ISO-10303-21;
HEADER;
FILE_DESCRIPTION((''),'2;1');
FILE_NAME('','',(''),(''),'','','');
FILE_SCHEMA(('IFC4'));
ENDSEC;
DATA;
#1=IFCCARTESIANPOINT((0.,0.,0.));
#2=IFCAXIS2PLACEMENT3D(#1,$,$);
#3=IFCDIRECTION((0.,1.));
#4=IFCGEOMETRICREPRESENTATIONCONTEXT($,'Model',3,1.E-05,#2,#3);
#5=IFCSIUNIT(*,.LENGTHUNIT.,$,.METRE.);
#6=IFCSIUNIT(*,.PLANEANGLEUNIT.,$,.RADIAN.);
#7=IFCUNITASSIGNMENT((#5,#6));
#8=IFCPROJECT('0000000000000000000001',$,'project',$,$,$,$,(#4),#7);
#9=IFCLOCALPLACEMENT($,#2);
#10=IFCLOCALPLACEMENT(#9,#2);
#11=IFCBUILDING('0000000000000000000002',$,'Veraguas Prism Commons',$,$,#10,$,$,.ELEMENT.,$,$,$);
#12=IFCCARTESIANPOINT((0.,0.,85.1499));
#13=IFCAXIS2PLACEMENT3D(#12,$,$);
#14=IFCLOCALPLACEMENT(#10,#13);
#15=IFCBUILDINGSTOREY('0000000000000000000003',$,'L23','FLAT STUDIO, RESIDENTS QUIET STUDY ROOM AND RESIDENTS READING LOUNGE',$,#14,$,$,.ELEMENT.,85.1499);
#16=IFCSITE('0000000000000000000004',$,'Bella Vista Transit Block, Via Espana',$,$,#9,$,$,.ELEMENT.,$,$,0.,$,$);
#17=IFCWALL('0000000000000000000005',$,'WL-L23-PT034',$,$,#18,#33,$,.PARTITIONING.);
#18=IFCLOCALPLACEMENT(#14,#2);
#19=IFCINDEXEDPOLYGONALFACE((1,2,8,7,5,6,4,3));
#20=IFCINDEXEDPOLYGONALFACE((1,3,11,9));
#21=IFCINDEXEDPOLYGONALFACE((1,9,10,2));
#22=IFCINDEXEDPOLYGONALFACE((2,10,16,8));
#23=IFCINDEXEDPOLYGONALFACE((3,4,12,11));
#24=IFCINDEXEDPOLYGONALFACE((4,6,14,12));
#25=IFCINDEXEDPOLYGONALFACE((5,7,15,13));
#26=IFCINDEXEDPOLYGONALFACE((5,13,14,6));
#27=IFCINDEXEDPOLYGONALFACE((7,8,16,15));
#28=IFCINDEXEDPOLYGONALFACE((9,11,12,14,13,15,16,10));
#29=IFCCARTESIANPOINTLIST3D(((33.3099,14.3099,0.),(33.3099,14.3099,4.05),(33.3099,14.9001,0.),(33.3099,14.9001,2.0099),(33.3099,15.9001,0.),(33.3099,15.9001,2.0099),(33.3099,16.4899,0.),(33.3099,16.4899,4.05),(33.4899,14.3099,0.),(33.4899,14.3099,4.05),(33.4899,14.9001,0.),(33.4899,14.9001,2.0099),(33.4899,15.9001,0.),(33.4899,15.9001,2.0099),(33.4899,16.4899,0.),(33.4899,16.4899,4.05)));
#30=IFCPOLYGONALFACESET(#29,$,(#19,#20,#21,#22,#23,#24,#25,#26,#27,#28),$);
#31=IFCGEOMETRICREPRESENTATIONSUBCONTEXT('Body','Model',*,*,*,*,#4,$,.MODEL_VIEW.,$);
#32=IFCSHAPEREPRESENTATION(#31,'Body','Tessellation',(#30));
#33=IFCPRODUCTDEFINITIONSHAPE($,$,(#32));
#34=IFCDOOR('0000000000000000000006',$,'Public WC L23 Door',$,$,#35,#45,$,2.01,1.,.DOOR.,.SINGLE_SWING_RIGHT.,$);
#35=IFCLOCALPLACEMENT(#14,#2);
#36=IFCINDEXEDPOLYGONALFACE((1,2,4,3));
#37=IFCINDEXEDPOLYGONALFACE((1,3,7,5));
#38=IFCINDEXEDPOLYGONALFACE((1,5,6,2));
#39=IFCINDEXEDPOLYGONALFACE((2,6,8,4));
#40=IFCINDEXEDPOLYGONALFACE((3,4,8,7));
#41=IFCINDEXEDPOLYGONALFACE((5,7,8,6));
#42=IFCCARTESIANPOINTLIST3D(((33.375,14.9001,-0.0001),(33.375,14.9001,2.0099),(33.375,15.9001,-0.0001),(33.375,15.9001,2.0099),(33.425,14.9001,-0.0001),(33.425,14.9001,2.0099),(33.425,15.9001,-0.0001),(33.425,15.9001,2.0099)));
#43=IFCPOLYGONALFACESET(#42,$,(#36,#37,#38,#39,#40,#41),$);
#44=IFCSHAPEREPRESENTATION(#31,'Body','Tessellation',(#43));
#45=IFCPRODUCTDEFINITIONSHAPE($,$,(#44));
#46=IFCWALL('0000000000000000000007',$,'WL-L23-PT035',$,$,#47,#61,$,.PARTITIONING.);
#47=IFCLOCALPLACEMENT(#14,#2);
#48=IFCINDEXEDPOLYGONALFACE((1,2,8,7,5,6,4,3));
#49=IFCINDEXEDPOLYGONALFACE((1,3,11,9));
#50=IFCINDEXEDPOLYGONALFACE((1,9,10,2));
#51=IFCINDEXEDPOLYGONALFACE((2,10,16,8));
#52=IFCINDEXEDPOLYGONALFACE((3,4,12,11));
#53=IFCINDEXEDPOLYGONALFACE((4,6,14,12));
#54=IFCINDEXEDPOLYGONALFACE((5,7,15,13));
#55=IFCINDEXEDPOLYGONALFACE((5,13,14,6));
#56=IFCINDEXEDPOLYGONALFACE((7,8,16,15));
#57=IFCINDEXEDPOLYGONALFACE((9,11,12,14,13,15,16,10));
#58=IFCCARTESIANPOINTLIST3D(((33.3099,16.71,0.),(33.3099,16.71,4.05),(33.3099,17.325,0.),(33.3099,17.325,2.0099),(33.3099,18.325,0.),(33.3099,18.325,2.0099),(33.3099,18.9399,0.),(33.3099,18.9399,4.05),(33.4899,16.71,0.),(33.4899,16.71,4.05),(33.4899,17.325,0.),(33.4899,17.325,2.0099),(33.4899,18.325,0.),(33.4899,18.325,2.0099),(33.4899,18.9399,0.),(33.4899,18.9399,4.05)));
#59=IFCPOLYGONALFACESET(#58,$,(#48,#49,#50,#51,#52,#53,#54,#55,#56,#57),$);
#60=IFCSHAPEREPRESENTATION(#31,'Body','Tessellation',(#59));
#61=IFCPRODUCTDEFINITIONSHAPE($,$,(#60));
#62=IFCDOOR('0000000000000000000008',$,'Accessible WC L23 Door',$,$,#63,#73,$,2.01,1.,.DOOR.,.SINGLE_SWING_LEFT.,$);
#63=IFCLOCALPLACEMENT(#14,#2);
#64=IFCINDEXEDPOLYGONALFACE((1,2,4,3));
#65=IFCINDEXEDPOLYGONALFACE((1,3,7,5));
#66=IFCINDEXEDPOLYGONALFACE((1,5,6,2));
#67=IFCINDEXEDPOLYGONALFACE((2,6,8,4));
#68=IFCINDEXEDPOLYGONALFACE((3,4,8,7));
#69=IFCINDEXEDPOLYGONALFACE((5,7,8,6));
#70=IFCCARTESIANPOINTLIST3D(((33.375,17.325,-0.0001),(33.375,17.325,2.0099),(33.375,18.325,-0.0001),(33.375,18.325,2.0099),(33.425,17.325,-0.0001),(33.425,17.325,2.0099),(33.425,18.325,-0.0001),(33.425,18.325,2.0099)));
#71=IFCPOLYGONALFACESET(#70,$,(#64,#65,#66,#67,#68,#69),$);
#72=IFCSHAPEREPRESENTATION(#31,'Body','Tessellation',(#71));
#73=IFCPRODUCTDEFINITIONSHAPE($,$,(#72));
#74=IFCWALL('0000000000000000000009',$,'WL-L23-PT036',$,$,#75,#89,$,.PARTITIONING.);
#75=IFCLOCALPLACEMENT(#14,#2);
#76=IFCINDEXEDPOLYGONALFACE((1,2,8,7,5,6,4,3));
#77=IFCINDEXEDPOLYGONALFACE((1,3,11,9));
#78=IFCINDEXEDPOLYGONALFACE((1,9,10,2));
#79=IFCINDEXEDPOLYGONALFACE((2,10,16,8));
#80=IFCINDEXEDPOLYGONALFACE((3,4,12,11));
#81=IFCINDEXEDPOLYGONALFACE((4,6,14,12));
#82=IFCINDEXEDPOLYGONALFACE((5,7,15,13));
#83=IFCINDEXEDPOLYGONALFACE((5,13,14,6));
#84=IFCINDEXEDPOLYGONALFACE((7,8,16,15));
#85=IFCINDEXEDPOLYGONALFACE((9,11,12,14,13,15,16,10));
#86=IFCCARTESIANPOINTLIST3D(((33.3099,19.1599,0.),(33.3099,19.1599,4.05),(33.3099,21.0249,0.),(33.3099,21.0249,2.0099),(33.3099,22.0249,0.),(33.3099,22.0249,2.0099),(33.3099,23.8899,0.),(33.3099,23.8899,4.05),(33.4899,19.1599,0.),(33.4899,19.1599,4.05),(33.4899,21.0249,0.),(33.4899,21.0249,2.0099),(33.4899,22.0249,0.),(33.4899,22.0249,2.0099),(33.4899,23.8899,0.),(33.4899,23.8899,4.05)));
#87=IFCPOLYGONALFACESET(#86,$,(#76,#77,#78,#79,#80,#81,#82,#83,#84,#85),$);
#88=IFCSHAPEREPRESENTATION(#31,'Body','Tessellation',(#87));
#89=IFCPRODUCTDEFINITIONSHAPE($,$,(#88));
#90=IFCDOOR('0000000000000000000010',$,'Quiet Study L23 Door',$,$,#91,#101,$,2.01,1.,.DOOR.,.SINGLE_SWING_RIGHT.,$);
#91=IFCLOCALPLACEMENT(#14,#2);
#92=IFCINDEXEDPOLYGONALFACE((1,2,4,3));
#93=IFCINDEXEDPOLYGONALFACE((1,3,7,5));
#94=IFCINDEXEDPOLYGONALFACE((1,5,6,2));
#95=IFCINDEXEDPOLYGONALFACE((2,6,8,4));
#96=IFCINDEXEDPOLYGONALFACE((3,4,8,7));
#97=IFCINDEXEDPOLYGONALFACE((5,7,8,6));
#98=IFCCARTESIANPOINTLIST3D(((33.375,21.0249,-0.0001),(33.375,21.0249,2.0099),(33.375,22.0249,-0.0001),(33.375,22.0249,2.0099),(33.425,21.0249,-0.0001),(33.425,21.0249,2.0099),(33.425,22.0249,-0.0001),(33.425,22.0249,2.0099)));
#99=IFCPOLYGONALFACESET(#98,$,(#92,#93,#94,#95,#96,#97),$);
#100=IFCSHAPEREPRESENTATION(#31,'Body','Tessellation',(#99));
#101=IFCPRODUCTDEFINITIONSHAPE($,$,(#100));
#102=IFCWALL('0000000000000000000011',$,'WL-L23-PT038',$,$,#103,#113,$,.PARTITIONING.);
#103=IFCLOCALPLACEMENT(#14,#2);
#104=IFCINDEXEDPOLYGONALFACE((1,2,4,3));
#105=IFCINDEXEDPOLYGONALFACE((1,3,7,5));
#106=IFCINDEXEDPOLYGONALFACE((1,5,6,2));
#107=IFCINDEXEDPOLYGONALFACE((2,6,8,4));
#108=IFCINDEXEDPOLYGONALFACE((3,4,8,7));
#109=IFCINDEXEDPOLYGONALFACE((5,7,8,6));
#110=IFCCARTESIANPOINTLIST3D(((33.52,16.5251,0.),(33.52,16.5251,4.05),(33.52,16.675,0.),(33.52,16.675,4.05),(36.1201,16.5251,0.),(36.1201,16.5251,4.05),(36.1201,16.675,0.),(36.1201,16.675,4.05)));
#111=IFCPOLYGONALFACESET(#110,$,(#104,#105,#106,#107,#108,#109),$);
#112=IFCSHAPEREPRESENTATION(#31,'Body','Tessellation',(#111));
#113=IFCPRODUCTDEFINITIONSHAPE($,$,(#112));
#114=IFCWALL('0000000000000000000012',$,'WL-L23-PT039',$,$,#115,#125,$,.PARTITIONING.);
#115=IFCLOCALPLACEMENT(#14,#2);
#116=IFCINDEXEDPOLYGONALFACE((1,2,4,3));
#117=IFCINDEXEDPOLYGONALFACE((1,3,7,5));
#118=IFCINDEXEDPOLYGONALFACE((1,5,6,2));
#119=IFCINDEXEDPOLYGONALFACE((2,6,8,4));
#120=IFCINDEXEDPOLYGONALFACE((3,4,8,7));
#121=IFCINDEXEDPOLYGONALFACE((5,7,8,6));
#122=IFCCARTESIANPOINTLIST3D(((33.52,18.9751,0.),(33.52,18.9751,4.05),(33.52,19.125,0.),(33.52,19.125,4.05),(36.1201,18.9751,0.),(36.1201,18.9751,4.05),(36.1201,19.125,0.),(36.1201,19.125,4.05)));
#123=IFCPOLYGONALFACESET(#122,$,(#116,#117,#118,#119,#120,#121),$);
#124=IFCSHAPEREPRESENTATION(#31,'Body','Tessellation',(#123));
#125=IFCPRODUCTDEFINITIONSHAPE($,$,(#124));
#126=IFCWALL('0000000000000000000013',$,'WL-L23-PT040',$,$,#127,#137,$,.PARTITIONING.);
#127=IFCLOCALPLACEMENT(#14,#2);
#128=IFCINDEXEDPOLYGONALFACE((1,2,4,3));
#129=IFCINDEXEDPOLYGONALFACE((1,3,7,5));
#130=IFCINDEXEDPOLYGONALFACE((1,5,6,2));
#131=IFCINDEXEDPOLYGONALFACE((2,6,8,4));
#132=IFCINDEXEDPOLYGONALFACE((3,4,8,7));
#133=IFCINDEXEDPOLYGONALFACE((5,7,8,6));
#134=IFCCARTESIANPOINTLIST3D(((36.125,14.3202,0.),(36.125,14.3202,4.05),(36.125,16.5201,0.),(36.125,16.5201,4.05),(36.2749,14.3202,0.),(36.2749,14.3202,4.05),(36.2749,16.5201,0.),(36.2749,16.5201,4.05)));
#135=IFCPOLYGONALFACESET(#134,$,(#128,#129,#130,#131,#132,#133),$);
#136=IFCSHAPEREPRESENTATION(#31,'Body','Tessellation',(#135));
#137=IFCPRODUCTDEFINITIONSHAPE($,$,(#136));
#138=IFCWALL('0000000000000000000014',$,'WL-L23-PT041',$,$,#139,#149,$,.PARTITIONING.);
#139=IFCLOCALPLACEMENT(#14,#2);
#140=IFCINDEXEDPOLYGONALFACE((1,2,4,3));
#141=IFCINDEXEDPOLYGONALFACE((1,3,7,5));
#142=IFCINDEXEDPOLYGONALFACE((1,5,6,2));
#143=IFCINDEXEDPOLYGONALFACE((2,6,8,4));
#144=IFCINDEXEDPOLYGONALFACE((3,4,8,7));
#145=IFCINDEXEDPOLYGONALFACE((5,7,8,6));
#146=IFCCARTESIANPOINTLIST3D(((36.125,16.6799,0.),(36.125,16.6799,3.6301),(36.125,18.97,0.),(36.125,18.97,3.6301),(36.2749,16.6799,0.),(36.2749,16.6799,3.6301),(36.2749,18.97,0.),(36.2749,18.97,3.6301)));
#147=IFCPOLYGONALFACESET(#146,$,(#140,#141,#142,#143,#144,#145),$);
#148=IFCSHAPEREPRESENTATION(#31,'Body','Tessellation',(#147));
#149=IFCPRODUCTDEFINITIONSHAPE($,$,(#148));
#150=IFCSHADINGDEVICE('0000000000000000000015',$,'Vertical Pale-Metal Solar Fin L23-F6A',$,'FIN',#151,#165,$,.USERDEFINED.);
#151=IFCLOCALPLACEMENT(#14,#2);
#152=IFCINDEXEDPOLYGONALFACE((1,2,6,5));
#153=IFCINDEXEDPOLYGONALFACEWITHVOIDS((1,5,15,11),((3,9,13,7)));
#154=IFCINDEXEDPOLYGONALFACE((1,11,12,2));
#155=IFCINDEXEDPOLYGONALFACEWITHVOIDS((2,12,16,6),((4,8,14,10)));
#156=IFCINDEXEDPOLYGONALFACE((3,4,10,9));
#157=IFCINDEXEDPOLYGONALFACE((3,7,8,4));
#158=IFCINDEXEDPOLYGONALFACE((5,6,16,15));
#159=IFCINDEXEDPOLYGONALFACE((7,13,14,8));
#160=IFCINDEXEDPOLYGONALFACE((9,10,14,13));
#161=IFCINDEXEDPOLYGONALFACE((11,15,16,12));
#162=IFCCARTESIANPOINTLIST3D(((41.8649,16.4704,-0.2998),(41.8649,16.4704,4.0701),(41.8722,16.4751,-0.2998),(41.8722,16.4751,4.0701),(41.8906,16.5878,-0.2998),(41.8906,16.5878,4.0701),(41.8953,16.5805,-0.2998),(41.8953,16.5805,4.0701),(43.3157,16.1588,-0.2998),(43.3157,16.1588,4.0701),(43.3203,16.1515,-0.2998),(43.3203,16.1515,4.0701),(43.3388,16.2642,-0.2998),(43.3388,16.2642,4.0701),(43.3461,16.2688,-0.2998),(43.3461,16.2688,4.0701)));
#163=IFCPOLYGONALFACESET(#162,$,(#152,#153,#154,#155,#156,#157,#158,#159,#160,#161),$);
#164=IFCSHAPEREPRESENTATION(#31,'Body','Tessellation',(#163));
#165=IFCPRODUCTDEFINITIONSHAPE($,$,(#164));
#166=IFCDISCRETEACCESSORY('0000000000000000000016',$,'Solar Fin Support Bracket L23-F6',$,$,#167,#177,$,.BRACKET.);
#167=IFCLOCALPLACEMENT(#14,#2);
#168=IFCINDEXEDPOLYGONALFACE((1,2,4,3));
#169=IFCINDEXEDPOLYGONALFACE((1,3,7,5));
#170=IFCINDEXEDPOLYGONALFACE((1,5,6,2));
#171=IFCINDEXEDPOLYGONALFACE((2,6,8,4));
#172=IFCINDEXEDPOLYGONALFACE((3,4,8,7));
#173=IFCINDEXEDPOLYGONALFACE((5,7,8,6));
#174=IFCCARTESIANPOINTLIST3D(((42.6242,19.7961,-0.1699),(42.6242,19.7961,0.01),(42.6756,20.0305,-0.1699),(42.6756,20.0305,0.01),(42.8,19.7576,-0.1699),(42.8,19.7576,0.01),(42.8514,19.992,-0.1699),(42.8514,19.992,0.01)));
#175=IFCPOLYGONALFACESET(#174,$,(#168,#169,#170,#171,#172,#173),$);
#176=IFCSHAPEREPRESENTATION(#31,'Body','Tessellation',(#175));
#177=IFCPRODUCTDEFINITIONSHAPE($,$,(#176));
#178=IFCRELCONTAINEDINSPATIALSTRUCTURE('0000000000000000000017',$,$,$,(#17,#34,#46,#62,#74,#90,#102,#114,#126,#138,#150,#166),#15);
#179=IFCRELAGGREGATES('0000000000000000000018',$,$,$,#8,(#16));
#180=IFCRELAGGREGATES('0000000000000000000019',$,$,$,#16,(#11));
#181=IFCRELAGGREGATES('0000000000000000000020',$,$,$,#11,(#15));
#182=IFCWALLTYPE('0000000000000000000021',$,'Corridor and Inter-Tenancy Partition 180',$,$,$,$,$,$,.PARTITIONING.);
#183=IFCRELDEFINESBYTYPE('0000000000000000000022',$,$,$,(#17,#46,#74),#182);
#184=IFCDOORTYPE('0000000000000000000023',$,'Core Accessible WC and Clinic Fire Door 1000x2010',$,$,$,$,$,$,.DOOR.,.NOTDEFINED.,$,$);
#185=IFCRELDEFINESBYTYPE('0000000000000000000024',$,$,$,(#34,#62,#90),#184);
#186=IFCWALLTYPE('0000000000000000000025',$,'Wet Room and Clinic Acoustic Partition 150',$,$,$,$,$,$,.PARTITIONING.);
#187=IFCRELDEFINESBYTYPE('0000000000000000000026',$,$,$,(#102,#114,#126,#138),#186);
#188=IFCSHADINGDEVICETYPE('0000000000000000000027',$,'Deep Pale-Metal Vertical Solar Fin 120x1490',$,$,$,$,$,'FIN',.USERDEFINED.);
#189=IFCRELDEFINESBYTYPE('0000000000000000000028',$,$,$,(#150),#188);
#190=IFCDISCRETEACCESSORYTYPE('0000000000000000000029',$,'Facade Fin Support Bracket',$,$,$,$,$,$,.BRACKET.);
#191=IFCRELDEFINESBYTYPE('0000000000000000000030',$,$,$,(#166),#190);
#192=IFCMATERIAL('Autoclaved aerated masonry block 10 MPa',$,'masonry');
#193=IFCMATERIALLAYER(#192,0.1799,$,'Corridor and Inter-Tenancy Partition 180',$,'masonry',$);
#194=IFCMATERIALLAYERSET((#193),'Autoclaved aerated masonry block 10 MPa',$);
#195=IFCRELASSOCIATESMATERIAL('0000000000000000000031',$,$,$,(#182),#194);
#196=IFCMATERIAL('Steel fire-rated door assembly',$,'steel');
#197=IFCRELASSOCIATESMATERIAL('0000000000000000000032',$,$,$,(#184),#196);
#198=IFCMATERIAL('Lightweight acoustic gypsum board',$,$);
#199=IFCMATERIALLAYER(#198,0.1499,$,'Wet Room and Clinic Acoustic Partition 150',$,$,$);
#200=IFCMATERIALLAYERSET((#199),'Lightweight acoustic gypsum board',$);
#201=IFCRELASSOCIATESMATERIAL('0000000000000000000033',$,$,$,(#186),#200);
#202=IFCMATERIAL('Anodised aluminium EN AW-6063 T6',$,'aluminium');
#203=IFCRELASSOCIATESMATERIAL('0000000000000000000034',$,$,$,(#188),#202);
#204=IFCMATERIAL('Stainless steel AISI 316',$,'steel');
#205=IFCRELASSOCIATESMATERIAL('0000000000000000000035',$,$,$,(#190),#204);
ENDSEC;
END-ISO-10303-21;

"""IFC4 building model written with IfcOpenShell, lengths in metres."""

from ifc_helpers import new_model, si_unit, direction, frame, frame_2d, origin, origin_2d, place, context, subcontext, project, spatial, rectangle, hollow_rectangle, extrude, source, transform, mapped, material, layer, layer_set, material_profile, profile_set, type_object, element, fill, save


model = new_model("IFC4")

# Units and contexts
model_context = context("Model", 3, precision=1e-05, world=origin(), true_north=direction((0.0, 1.0)))
body_context = subcontext(model_context, "Body", "Model", "MODEL_VIEW")
ifc_project = project(units=[si_unit("LENGTHUNIT", "METRE"), si_unit("PLANEANGLEUNIT", "RADIAN")], contexts=[model_context])

# Site, building, storey
site_placement = place(None, origin())
site = spatial("IfcSite", under=ifc_project, at=site_placement, Name="Bella Vista Transit Block, Via Espana", CompositionType="ELEMENT", RefElevation=0.0)
building_placement = place(site_placement, origin())
building = spatial("IfcBuilding", under=site, at=building_placement, Name="Veraguas Prism Commons", CompositionType="ELEMENT")
storey_placement = place(building_placement, frame((0.0, 0.0, 85.1499)))
storey = spatial("IfcBuildingStorey", under=building, at=storey_placement, Name="L23", Description="FLAT STUDIO, RESIDENTS QUIET STUDY ROOM AND RESIDENTS READING LOUNGE", CompositionType="ELEMENT", Elevation=85.1499)

# Shared definitions
ifc_material_1 = material(Name="Anodised aluminium EN AW-6063 T6", Category="aluminium")

# Walls, openings, doors
ifc_material_2 = material(Name="Autoclaved aerated masonry block 10 MPa", Category="masonry")
ifc_layer_1 = layer(ifc_material_2, 0.1799, Name="Corridor and Inter-Tenancy Partition 180", Category="masonry")
ifc_layer_set_1 = layer_set([ifc_layer_1], Name="Autoclaved aerated masonry block 10 MPa")
wall_type_1 = type_object("IfcWallType", Name="Corridor and Inter-Tenancy Partition 180", PredefinedType="PARTITIONING", material=ifc_layer_set_1)
wall_1_placement = place(storey_placement, frame((33.3999, 14.3101, 0.0), z_axis=(0.0, 0.0, 1.0), x_axis=(0.0, 1.0, 0.0)))
wall_1 = element("IfcWall", 1, at=wall_1_placement, inside=storey, type_object=wall_type_1, Name="WL-L23-PT034", PredefinedType="PARTITIONING", context=body_context, shape_type="SweptSolid", body=[
    extrude(rectangle(XDim=2.1799, YDim=0.1799, at=frame_2d((1.0898, 0.0))), origin(), (0.0, 0.0, 1.0), 4.05),
])
opening_1_placement = place(wall_1_placement, frame((0.5901, 0.0, 0.0)))
opening_1 = element("IfcOpeningElement", 2, at=opening_1_placement, cuts=wall_1, PredefinedType="OPENING", context=body_context, shape_type="SweptSolid", body=[
    extrude(rectangle(XDim=1.0, YDim=2.01, at=frame_2d((0.5, 1.0049))), frame((0.0, 0.0999, 0.0), z_axis=(0.0, -1.0, 0.0), x_axis=(1.0, 0.0, 0.0)), (0.0, 0.0, 1.0), 0.2),
])
ifc_material_3 = material(Name="Steel fire-rated door assembly", Category="steel")
door_type = type_object("IfcDoorType", Name="Core Accessible WC and Clinic Fire Door 1000x2010", OperationType="NOTDEFINED", PredefinedType="DOOR", material=ifc_material_3)
shared_shape_1 = source(origin(), body_context, "Body", "SweptSolid", [
    extrude(rectangle(XDim=1.0, YDim=2.01, at=frame_2d((0.5, 1.0049))), frame((0.0, 0.0249, 0.0), z_axis=(0.0, -1.0, 0.0), x_axis=(1.0, 0.0, 0.0)), (0.0, 0.0, 1.0), 0.05),
])
door_1_placement = place(opening_1_placement, origin())
door_1 = element("IfcDoor", 3, at=door_1_placement, inside=storey, type_object=door_type, Name="Public WC L23 Door", OperationType="SINGLE_SWING_RIGHT", OverallHeight=2.01, OverallWidth=1.0, PredefinedType="DOOR", context=body_context, shape_type="MappedRepresentation", body=[
    mapped(shared_shape_1, transform((0.0, 0.0, 0.0), scale=1.0)),
])
fill(opening_1, door_1)
wall_2_placement = place(storey_placement, frame((33.3999, 16.71, 0.0), z_axis=(0.0, 0.0, 1.0), x_axis=(0.0, 1.0, 0.0)))
wall_2 = element("IfcWall", 4, at=wall_2_placement, inside=storey, type_object=wall_type_1, Name="WL-L23-PT035", PredefinedType="PARTITIONING", context=body_context, shape_type="SweptSolid", body=[
    extrude(rectangle(XDim=2.23, YDim=0.1799, at=frame_2d((1.115, 0.0))), origin(), (0.0, 0.0, 1.0), 4.05),
])
opening_2_placement = place(wall_2_placement, frame((0.615, 0.0, 0.0)))
opening_2 = element("IfcOpeningElement", 5, at=opening_2_placement, cuts=wall_2, PredefinedType="OPENING", context=body_context, shape_type="SweptSolid", body=[
    extrude(rectangle(XDim=1.0, YDim=2.01, at=frame_2d((0.5, 1.0049))), frame((0.0, 0.0999, 0.0), z_axis=(0.0, -1.0, 0.0), x_axis=(1.0, 0.0, 0.0)), (0.0, 0.0, 1.0), 0.2),
])
door_2_placement = place(opening_2_placement, origin())
door_2 = element("IfcDoor", 6, at=door_2_placement, inside=storey, type_object=door_type, Name="Accessible WC L23 Door", OperationType="SINGLE_SWING_LEFT", OverallHeight=2.01, OverallWidth=1.0, PredefinedType="DOOR", context=body_context, shape_type="MappedRepresentation", body=[
    mapped(shared_shape_1, transform((0.0, 0.0, 0.0), scale=1.0)),
])
fill(opening_2, door_2)
wall_3_placement = place(storey_placement, frame((33.3999, 19.1599, 0.0), z_axis=(0.0, 0.0, 1.0), x_axis=(0.0, 1.0, 0.0)))
wall_3 = element("IfcWall", 7, at=wall_3_placement, inside=storey, type_object=wall_type_1, Name="WL-L23-PT036", PredefinedType="PARTITIONING", context=body_context, shape_type="SweptSolid", body=[
    extrude(rectangle(XDim=4.73, YDim=0.1799, at=frame_2d((2.365, 0.0))), origin(), (0.0, 0.0, 1.0), 4.05),
])
opening_3_placement = place(wall_3_placement, frame((1.865, 0.0, 0.0)))
opening_3 = element("IfcOpeningElement", 8, at=opening_3_placement, cuts=wall_3, PredefinedType="OPENING", context=body_context, shape_type="SweptSolid", body=[
    extrude(rectangle(XDim=1.0, YDim=2.01, at=frame_2d((0.5, 1.0049))), frame((0.0, 0.0999, 0.0), z_axis=(0.0, -1.0, 0.0), x_axis=(1.0, 0.0, 0.0)), (0.0, 0.0, 1.0), 0.2),
])
door_3_placement = place(opening_3_placement, origin())
door_3 = element("IfcDoor", 9, at=door_3_placement, inside=storey, type_object=door_type, Name="Quiet Study L23 Door", OperationType="SINGLE_SWING_RIGHT", OverallHeight=2.01, OverallWidth=1.0, PredefinedType="DOOR", context=body_context, shape_type="MappedRepresentation", body=[
    mapped(shared_shape_1, transform((0.0, 0.0, 0.0), scale=1.0)),
])
fill(opening_3, door_3)

# Walls
ifc_material_4 = material(Name="Lightweight acoustic gypsum board")
ifc_layer_2 = layer(ifc_material_4, 0.1499, Name="Wet Room and Clinic Acoustic Partition 150")
ifc_layer_set_2 = layer_set([ifc_layer_2], Name="Lightweight acoustic gypsum board")
wall_type_2 = type_object("IfcWallType", Name="Wet Room and Clinic Acoustic Partition 150", PredefinedType="PARTITIONING", material=ifc_layer_set_2)
for number, where, z_axis, x_axis, name in (
    (10, (33.52, 16.6001, 0.0), (0.0, 0.0, 1.0), (1.0, 0.0, 0.0), "WL-L23-PT038"),
    (11, (33.52, 19.05, 0.0), (0.0, 0.0, 1.0), (1.0, 0.0, 0.0), "WL-L23-PT039"),
):
    element("IfcWall", number, at=place(storey_placement, frame(where, z_axis=z_axis, x_axis=x_axis)), inside=storey, type_object=wall_type_2, Name=name, PredefinedType="PARTITIONING", context=body_context, shape_type="SweptSolid", body=[
        extrude(rectangle(XDim=2.6001, YDim=0.1499, at=frame_2d((1.3, 0.0))), origin(), (0.0, 0.0, 1.0), 4.05),
    ])
wall_4_placement = place(storey_placement, frame((36.2, 14.3201, 0.0), z_axis=(0.0, 0.0, 1.0), x_axis=(0.0, 1.0, 0.0)))
element("IfcWall", 12, at=wall_4_placement, inside=storey, type_object=wall_type_2, Name="WL-L23-PT040", PredefinedType="PARTITIONING", context=body_context, shape_type="SweptSolid", body=[
    extrude(rectangle(XDim=2.2, YDim=0.1499, at=frame_2d((1.1001, 0.0))), origin(), (0.0, 0.0, 1.0), 4.05),
])
wall_5_placement = place(storey_placement, frame((36.2, 16.6799, 0.0), z_axis=(0.0, 0.0, 1.0), x_axis=(0.0, 1.0, 0.0)))
element("IfcWall", 13, at=wall_5_placement, inside=storey, type_object=wall_type_2, Name="WL-L23-PT041", PredefinedType="PARTITIONING", context=body_context, shape_type="SweptSolid", body=[
    extrude(rectangle(XDim=2.29, YDim=0.1499, at=frame_2d((1.145, 0.0))), origin(), (0.0, 0.0, 1.0), 3.6301),
])

# Shading device
ifc_material_profile_1 = material_profile(ifc_material_1, hollow_rectangle(XDim=0.1201, YDim=1.49, WallThickness=0.0061, at=origin_2d()), Name="FIN120X1490X6")
ifc_profile_set_1 = profile_set([ifc_material_profile_1], Name="Anodised aluminium EN AW-6063 T6")
shading_device_type = type_object("IfcShadingDeviceType", Name="Deep Pale-Metal Vertical Solar Fin 120x1490", ElementType="FIN", PredefinedType="USERDEFINED", material=ifc_profile_set_1)
shading_device_placement = place(storey_placement, frame((42.6055, 16.3696, -0.2998), z_axis=(0.0, 0.0, 1.0), x_axis=(0.21405, 0.976823, 0.0)))
element("IfcShadingDevice", 14, at=shading_device_placement, inside=storey, type_object=shading_device_type, Name="Vertical Pale-Metal Solar Fin L23-F6A", ObjectType="FIN", PredefinedType="USERDEFINED", context=body_context, shape_type="SweptSolid", body=[
    extrude(hollow_rectangle(XDim=0.1201, YDim=1.49, WallThickness=0.0061, at=origin_2d()), origin(), (0.0, 0.0, 1.0), 4.3699),
])

# Discrete accessory
ifc_material_5 = material(Name="Stainless steel AISI 316", Category="steel")
discrete_accessory_type = type_object("IfcDiscreteAccessoryType", Name="Facade Fin Support Bracket", PredefinedType="BRACKET", material=ifc_material_5)
shared_shape_2 = source(origin(), body_context, "Body", "SweptSolid", [
    extrude(rectangle(XDim=0.24, YDim=0.1799, at=origin_2d()), origin(), (0.0, 0.0, 1.0), 0.1799),
])
discrete_accessory_placement = place(storey_placement, frame((42.7378, 19.894, -0.1699), z_axis=(0.0, 0.0, 1.0), x_axis=(0.21405, 0.976823, 0.0)))
element("IfcDiscreteAccessory", 15, at=discrete_accessory_placement, inside=storey, type_object=discrete_accessory_type, Name="Solar Fin Support Bracket L23-F6", PredefinedType="BRACKET", context=body_context, shape_type="MappedRepresentation", body=[
    mapped(shared_shape_2, transform((0.0, 0.0, 0.0), scale=1.0)),
])

save(model, "model.ifc")
